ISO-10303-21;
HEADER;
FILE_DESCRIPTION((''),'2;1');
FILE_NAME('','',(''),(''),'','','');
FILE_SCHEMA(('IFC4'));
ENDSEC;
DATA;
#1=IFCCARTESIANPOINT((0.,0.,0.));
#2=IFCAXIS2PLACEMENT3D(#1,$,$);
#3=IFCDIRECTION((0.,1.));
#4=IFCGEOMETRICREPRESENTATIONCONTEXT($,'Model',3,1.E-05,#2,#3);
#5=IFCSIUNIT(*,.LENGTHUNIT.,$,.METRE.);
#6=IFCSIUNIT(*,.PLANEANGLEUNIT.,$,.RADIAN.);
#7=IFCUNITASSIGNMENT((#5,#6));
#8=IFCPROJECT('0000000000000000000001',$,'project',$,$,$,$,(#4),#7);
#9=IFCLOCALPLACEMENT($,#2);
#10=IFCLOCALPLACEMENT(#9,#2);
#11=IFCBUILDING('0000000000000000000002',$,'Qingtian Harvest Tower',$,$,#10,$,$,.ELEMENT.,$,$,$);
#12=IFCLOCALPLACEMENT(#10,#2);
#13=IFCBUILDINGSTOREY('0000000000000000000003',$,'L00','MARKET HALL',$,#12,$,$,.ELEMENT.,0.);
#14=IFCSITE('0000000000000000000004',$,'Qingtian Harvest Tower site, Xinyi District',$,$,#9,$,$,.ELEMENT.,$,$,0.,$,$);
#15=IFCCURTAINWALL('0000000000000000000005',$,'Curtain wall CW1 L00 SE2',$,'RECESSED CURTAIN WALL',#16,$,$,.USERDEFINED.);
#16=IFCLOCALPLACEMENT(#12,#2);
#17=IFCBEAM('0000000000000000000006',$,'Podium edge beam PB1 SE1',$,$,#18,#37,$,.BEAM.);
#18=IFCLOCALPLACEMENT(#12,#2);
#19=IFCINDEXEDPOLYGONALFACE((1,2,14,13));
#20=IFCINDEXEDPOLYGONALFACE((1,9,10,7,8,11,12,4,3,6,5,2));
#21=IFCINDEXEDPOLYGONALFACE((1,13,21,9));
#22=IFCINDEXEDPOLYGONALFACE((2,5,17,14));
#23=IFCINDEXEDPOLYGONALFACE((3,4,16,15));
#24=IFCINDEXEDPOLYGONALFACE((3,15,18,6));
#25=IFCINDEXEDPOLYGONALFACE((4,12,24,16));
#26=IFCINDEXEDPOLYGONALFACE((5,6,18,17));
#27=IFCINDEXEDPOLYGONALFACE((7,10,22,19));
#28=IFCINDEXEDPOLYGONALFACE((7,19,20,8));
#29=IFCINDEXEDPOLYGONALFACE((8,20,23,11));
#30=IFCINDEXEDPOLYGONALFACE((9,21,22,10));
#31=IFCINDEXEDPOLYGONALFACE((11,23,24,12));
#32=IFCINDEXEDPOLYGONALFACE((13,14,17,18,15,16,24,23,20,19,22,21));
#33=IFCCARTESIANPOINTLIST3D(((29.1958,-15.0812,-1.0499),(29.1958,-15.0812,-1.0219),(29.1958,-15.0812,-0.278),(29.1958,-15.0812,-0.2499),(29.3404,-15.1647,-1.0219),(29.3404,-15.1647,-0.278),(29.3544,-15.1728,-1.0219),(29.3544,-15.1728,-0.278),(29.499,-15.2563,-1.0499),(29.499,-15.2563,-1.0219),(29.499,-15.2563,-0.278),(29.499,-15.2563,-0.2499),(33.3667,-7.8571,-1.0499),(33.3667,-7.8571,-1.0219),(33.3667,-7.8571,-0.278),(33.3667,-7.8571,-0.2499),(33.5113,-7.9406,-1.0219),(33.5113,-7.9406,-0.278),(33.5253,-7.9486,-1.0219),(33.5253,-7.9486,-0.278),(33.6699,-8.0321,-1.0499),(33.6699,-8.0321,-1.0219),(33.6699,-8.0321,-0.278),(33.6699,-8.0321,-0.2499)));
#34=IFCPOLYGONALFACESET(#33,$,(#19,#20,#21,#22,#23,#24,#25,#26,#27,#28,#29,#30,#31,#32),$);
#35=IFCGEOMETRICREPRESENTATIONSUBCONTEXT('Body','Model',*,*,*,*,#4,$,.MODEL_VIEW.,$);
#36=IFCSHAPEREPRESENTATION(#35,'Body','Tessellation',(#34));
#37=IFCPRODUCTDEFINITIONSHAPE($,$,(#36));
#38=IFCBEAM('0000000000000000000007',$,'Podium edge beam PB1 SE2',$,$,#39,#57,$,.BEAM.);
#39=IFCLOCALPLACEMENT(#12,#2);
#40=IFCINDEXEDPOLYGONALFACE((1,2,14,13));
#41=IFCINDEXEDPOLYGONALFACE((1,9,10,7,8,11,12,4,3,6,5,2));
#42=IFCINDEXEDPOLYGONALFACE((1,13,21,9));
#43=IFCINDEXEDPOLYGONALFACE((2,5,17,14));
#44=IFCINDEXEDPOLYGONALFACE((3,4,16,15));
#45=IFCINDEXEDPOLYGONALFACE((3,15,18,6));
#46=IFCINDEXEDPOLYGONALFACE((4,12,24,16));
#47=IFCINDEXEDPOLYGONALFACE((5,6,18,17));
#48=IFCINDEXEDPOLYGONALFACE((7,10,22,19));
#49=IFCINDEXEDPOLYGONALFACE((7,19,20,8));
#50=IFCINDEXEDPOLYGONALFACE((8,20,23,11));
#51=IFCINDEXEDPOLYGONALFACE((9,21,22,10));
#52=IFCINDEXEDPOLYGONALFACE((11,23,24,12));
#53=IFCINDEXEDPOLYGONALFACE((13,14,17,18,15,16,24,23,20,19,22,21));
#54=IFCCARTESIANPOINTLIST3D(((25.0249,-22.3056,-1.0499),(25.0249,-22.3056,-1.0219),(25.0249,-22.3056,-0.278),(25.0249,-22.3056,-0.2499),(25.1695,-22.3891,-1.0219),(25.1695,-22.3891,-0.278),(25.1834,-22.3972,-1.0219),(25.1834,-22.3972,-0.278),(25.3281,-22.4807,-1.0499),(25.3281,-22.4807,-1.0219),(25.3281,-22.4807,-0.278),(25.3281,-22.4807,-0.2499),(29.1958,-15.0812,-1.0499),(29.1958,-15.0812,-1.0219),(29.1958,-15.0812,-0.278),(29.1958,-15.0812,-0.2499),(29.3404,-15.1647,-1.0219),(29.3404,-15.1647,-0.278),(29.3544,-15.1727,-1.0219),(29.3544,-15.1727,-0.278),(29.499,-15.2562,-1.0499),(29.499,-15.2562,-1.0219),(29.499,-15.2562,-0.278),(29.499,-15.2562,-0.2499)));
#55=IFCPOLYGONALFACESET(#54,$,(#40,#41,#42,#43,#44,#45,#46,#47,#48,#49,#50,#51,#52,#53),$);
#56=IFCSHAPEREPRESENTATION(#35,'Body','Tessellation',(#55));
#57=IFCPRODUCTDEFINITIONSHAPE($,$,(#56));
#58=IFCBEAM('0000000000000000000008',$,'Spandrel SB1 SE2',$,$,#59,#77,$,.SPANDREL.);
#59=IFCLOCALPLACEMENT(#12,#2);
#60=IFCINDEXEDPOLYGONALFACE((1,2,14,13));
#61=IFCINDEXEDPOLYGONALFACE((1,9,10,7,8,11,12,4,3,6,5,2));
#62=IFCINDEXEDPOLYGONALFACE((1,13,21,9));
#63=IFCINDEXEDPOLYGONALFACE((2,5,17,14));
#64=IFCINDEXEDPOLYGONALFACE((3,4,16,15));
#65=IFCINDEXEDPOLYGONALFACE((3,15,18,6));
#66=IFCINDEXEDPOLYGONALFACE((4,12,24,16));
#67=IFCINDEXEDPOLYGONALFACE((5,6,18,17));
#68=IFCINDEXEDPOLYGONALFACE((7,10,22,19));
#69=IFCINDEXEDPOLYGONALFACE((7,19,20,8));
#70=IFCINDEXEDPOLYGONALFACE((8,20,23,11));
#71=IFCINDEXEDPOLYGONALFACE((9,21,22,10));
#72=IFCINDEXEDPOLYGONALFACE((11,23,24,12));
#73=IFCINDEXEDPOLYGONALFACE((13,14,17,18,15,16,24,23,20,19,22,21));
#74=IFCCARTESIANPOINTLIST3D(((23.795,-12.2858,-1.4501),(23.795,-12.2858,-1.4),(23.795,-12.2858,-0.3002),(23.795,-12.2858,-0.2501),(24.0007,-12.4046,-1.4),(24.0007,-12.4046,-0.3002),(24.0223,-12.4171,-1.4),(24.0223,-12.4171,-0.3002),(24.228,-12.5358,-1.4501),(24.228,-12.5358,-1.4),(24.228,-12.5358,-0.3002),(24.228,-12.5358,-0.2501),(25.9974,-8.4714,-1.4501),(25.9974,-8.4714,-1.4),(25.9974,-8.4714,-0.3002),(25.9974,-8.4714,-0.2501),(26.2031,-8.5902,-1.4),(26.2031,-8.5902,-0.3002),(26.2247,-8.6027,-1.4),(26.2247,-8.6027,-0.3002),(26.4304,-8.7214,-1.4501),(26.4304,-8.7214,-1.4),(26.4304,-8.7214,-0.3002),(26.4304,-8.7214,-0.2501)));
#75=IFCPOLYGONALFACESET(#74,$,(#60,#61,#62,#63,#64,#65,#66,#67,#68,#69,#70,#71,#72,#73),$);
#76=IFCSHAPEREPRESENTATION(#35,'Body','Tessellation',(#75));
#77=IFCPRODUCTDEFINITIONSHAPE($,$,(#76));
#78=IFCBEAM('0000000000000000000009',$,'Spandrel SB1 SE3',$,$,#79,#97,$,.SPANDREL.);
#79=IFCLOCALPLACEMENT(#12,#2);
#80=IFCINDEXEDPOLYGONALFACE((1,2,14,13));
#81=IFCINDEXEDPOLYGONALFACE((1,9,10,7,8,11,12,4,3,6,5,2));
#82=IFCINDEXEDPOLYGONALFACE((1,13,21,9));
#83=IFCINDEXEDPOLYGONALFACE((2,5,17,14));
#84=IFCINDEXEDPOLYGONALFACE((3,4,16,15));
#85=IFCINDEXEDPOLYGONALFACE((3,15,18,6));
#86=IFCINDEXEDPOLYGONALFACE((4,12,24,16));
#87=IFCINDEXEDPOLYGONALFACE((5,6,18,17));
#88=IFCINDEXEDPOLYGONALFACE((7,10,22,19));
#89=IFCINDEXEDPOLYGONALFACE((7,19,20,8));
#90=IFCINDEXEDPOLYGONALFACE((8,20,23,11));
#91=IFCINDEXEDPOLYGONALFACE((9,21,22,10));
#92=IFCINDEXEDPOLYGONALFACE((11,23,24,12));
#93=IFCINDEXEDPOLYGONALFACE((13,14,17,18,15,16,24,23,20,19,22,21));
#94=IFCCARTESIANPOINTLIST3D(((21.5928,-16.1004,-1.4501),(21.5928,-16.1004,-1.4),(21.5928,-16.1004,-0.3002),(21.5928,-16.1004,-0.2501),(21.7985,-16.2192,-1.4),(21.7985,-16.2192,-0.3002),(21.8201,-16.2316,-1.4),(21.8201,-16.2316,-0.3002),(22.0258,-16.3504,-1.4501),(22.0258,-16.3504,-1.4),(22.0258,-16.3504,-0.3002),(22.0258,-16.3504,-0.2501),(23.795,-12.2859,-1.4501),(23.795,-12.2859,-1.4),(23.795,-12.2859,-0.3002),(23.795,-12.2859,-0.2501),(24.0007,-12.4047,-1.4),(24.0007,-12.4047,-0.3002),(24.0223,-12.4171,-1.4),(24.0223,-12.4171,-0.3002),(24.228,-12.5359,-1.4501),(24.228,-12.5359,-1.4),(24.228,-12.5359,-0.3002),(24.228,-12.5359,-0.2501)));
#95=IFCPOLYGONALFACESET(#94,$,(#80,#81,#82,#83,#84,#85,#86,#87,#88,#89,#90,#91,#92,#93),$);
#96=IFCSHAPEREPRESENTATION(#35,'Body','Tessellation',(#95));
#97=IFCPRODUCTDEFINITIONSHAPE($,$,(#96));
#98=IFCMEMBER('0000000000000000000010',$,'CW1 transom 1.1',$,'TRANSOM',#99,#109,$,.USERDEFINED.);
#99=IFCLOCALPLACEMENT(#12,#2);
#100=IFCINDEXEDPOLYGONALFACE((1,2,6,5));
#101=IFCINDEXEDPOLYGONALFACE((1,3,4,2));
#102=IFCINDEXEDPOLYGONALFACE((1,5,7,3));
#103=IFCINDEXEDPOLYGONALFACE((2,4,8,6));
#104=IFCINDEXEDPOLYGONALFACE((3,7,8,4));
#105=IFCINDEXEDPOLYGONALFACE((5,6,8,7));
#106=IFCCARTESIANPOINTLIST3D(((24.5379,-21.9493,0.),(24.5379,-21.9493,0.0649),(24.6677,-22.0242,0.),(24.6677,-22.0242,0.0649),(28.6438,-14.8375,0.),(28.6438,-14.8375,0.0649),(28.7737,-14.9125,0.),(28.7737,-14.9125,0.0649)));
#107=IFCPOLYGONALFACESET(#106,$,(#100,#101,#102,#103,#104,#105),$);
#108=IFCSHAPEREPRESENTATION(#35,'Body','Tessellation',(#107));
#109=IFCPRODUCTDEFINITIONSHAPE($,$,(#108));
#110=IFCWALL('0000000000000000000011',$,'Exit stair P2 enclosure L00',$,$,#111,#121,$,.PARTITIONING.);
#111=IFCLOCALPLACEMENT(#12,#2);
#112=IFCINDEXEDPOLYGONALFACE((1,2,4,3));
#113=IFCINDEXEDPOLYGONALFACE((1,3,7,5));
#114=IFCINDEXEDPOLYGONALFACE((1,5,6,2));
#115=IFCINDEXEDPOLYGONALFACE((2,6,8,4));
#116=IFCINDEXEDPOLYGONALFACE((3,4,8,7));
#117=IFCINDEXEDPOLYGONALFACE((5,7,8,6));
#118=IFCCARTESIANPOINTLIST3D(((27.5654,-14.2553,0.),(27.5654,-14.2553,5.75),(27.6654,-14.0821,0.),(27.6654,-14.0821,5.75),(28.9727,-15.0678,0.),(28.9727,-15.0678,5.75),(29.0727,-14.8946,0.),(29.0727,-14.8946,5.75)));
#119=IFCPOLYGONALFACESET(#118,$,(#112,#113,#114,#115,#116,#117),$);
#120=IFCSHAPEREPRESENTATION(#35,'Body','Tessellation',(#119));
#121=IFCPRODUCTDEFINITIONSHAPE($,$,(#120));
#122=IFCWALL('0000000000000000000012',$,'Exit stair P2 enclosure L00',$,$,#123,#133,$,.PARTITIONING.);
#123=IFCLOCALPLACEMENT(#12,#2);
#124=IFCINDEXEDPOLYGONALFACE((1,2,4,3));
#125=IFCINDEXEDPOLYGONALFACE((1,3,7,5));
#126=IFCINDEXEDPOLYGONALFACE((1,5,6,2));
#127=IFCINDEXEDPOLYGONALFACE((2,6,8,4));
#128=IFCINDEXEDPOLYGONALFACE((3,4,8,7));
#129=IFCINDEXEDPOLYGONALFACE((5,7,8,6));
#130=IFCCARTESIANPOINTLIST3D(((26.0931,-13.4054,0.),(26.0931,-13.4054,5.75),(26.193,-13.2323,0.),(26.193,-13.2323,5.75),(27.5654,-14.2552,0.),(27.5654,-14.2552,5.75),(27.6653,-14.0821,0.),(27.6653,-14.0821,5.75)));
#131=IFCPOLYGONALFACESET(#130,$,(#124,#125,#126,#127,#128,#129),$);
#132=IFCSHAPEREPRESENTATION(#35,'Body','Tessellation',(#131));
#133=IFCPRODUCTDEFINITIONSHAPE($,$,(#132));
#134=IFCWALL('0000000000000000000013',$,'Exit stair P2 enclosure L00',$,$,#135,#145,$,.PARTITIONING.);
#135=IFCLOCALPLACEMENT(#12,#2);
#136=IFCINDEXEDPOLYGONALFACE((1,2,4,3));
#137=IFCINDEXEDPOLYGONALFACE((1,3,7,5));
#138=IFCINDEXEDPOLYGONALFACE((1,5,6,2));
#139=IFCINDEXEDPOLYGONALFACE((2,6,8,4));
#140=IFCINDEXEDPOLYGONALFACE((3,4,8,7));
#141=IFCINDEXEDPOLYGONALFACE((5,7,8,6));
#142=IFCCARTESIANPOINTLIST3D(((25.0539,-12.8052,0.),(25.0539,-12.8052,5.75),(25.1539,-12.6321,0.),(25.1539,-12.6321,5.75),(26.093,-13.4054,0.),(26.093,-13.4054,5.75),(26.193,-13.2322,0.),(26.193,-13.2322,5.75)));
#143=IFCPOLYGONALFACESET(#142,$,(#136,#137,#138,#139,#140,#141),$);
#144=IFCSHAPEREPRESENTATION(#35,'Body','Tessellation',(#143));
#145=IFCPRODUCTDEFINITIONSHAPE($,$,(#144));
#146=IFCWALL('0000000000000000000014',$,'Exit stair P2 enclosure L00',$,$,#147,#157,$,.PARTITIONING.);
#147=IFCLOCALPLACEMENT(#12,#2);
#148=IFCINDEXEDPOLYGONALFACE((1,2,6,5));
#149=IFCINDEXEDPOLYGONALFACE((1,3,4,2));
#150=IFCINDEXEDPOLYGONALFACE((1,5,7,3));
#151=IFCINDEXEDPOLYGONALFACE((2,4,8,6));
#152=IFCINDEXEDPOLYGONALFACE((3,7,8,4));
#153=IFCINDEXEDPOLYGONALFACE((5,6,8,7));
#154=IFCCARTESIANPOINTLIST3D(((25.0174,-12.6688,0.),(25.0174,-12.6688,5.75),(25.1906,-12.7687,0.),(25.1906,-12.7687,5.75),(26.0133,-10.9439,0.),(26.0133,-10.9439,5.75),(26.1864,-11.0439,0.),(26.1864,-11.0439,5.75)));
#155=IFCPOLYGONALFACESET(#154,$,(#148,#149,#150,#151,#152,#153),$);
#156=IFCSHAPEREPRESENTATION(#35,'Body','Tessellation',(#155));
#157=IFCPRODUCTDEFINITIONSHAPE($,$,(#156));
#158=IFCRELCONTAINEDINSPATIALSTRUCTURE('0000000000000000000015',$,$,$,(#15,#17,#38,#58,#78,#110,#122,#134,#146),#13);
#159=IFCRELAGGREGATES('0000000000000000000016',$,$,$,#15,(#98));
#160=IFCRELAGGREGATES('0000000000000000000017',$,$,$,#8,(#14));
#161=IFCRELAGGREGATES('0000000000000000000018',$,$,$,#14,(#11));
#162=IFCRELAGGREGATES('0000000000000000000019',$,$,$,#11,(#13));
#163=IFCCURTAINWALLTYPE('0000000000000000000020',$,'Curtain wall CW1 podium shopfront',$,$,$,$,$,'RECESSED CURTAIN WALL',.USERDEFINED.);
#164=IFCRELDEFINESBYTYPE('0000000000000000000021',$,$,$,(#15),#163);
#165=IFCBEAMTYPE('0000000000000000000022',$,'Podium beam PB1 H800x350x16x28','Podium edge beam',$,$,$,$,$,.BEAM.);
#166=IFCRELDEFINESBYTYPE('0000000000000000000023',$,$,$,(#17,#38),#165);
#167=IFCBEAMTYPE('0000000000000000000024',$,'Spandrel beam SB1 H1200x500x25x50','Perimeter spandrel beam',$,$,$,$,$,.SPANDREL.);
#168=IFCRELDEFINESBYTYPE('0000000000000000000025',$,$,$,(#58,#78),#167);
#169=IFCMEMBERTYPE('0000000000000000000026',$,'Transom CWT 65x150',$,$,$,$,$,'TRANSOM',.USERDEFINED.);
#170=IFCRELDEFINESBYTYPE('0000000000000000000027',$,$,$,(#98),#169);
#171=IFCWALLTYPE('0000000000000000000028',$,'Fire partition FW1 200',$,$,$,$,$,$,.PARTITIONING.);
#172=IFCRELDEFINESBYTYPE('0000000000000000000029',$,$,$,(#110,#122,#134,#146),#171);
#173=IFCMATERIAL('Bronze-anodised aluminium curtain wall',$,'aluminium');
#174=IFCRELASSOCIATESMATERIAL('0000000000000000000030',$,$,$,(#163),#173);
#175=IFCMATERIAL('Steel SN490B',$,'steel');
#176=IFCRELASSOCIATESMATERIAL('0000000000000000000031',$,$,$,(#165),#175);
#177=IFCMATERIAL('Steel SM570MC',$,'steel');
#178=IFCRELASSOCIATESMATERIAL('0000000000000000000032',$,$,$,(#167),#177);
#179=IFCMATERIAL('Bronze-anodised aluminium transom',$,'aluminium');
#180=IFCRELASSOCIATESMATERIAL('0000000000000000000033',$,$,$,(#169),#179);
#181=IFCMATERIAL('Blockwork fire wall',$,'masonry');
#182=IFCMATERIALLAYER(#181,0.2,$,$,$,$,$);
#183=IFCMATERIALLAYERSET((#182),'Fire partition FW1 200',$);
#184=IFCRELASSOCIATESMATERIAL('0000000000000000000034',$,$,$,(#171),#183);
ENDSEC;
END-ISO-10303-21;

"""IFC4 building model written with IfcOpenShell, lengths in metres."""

from ifc_helpers import new_model, si_unit, direction, frame, frame_2d, origin, origin_2d, place, context, subcontext, project, spatial, rectangle, i_section, extrude, material, layer, layer_set, material_profile, profile_set, type_object, element, aggregate, save


model = new_model("IFC4")

# Units and contexts
model_context = context("Model", 3, precision=1e-05, world=origin(), true_north=direction((0.0, 1.0)))
body_context = subcontext(model_context, "Body", "Model", "MODEL_VIEW")
ifc_project = project(units=[si_unit("LENGTHUNIT", "METRE"), si_unit("PLANEANGLEUNIT", "RADIAN")], contexts=[model_context])

# Site, building, storey
site_placement = place(None, origin())
site = spatial("IfcSite", under=ifc_project, at=site_placement, Name="Qingtian Harvest Tower site, Xinyi District", CompositionType="ELEMENT", RefElevation=0.0)
building_placement = place(site_placement, origin())
building = spatial("IfcBuilding", under=site, at=building_placement, Name="Qingtian Harvest Tower", CompositionType="ELEMENT")
storey_placement = place(building_placement, origin())
storey = spatial("IfcBuildingStorey", under=building, at=storey_placement, Name="L00", Description="MARKET HALL", CompositionType="ELEMENT", Elevation=0.0)

# Curtain wall
ifc_material_1 = material(Name="Bronze-anodised aluminium curtain wall", Category="aluminium")
curtain_wall_type = type_object("IfcCurtainWallType", Name="Curtain wall CW1 podium shopfront", ElementType="RECESSED CURTAIN WALL", PredefinedType="USERDEFINED", material=ifc_material_1)
curtain_wall_placement = place(storey_placement, origin())
curtain_wall = element("IfcCurtainWall", 1, at=curtain_wall_placement, inside=storey, type_object=curtain_wall_type, Name="Curtain wall CW1 L00 SE2", ObjectType="RECESSED CURTAIN WALL", PredefinedType="USERDEFINED")

# Beams
ifc_material_2 = material(Name="Steel SN490B", Category="steel")
ifc_material_profile_1 = material_profile(ifc_material_2, i_section(OverallWidth=0.3501, OverallDepth=0.8, WebThickness=0.0161, FlangeThickness=0.0281, at=origin_2d()), Name="H800x350x16x28")
ifc_profile_set_1 = profile_set([ifc_material_profile_1], Name="Steel SN490B")
beam_type_1 = type_object("IfcBeamType", Name="Podium beam PB1 H800x350x16x28", Description="Podium edge beam", PredefinedType="BEAM", material=ifc_profile_set_1)
beam_1_placement = place(storey_placement, frame((33.5183, -7.9446, -0.6499), z_axis=(-0.500005, -0.866023, 0.0), x_axis=(0.866023, -0.500005, 0.0)))
element("IfcBeam", 2, at=beam_1_placement, inside=storey, type_object=beam_type_1, Name="Podium edge beam PB1 SE1", PredefinedType="BEAM", context=body_context, shape_type="SweptSolid", body=[
    extrude(i_section(OverallWidth=0.3501, OverallDepth=0.8, WebThickness=0.0161, FlangeThickness=0.0281, at=origin_2d()), origin(), (0.0, 0.0, 1.0), 8.3418),
])
beam_2_placement = place(storey_placement, frame((29.3474, -15.1687, -0.6499), z_axis=(-0.499992, -0.86603, 0.0), x_axis=(0.86603, -0.499992, 0.0)))
element("IfcBeam", 3, at=beam_2_placement, inside=storey, type_object=beam_type_1, Name="Podium edge beam PB1 SE2", PredefinedType="BEAM", context=body_context, shape_type="SweptSolid", body=[
    extrude(i_section(OverallWidth=0.3501, OverallDepth=0.8, WebThickness=0.0161, FlangeThickness=0.0281, at=origin_2d()), origin(), (0.0, 0.0, 1.0), 8.342),
])
ifc_material_3 = material(Name="Steel SM570MC", Category="steel")
ifc_material_profile_2 = material_profile(ifc_material_3, i_section(OverallWidth=0.5, OverallDepth=1.2, WebThickness=0.0249, FlangeThickness=0.05, at=origin_2d()), Name="H1200x500x25x50")
ifc_profile_set_2 = profile_set([ifc_material_profile_2], Name="Steel SM570MC")
beam_type_2 = type_object("IfcBeamType", Name="Spandrel beam SB1 H1200x500x25x50", Description="Perimeter spandrel beam", PredefinedType="SPANDREL", material=ifc_profile_set_2)
for number, where, z_axis, x_axis, name in (
    (4, (26.2139, -8.5964, -0.8501), (-0.50002, -0.866014, 0.0), (0.866014, -0.50002, 0.0), "Spandrel SB1 SE2"),
    (5, (24.0115, -12.4109, -0.8501), (-0.499978, -0.866038, 0.0), (0.866038, -0.499978, 0.0), "Spandrel SB1 SE3"),
):
    element("IfcBeam", number, at=place(storey_placement, frame(where, z_axis=z_axis, x_axis=x_axis)), inside=storey, type_object=beam_type_2, Name=name, PredefinedType="SPANDREL", context=body_context, shape_type="SweptSolid", body=[
        extrude(i_section(OverallWidth=0.5, OverallDepth=1.2, WebThickness=0.0249, FlangeThickness=0.05, at=origin_2d()), origin(), (0.0, 0.0, 1.0), 4.4045),
    ])

# Member
ifc_material_4 = material(Name="Bronze-anodised aluminium transom", Category="aluminium")
ifc_material_profile_3 = material_profile(ifc_material_4, rectangle(XDim=0.1499, YDim=0.0649, at=origin_2d()), Name="AL 65x150")
ifc_profile_set_3 = profile_set([ifc_material_profile_3], Name="Bronze-anodised aluminium transom")
member_type_1 = type_object("IfcMemberType", Name="Transom CWT 65x150", ElementType="TRANSOM", PredefinedType="USERDEFINED", material=ifc_profile_set_3)
member_1_placement = place(storey_placement, frame((28.7087, -14.875, 0.0325), z_axis=(-0.499995, -0.866028, 0.0), x_axis=(0.866028, -0.499995, 0.0)))
member_1 = element("IfcMember", 6, at=member_1_placement, type_object=member_type_1, Name="CW1 transom 1.1", ObjectType="TRANSOM", PredefinedType="USERDEFINED", context=body_context, shape_type="SweptSolid", body=[
    extrude(rectangle(XDim=0.1499, YDim=0.0649, at=origin_2d()), origin(), (0.0, 0.0, 1.0), 8.2119),
])
aggregate(curtain_wall, [member_1])

# Walls
ifc_material_5 = material(Name="Blockwork fire wall", Category="masonry")
ifc_layer = layer(ifc_material_5, 0.2)
ifc_layer_set = layer_set([ifc_layer], Name="Fire partition FW1 200")
wall_type = type_object("IfcWallType", Name="Fire partition FW1 200", PredefinedType="PARTITIONING", material=ifc_layer_set)
wall_1_placement = place(storey_placement, frame((29.0227, -14.9812, 0.0), z_axis=(0.0, 0.0, 1.0), x_axis=(-0.866015, 0.500017, 0.0)))
element("IfcWall", 7, at=wall_1_placement, inside=storey, type_object=wall_type, Name="Exit stair P2 enclosure L00", PredefinedType="PARTITIONING", context=body_context, shape_type="SweptSolid", body=[
    extrude(rectangle(XDim=1.625, YDim=0.2, at=frame_2d((0.8125, 0.0))), origin(), (0.0, 0.0, 1.0), 5.75),
])
wall_2_placement = place(storey_placement, frame((27.6155, -14.1687, 0.0), z_axis=(0.0, 0.0, 1.0), x_axis=(-0.866088, 0.499892, 0.0)))
element("IfcWall", 8, at=wall_2_placement, inside=storey, type_object=wall_type, Name="Exit stair P2 enclosure L00", PredefinedType="PARTITIONING", context=body_context, shape_type="SweptSolid", body=[
    extrude(rectangle(XDim=1.7, YDim=0.2, at=frame_2d((0.8501, 0.0))), origin(), (0.0, 0.0, 1.0), 5.75),
])
wall_3_placement = place(storey_placement, frame((26.1431, -13.3188, 0.0), z_axis=(0.0, 0.0, 1.0), x_axis=(-0.865955, 0.500122, 0.0)))
element("IfcWall", 9, at=wall_3_placement, inside=storey, type_object=wall_type, Name="Exit stair P2 enclosure L00", PredefinedType="PARTITIONING", context=body_context, shape_type="SweptSolid", body=[
    extrude(rectangle(XDim=1.2, YDim=0.2, at=frame_2d((0.6001, 0.0))), origin(), (0.0, 0.0, 1.0), 5.75),
])
wall_4_placement = place(storey_placement, frame((26.0999, -10.9939, 0.0), z_axis=(0.0, 0.0, 1.0), x_axis=(-0.500002, -0.866024, 0.0)))
element("IfcWall", 10, at=wall_4_placement, inside=storey, type_object=wall_type, Name="Exit stair P2 enclosure L00", PredefinedType="PARTITIONING", context=body_context, shape_type="SweptSolid", body=[
    extrude(rectangle(XDim=1.9917, YDim=0.2, at=frame_2d((0.9958, 0.0))), origin(), (0.0, 0.0, 1.0), 5.75),
])

save(model, "model.ifc")
